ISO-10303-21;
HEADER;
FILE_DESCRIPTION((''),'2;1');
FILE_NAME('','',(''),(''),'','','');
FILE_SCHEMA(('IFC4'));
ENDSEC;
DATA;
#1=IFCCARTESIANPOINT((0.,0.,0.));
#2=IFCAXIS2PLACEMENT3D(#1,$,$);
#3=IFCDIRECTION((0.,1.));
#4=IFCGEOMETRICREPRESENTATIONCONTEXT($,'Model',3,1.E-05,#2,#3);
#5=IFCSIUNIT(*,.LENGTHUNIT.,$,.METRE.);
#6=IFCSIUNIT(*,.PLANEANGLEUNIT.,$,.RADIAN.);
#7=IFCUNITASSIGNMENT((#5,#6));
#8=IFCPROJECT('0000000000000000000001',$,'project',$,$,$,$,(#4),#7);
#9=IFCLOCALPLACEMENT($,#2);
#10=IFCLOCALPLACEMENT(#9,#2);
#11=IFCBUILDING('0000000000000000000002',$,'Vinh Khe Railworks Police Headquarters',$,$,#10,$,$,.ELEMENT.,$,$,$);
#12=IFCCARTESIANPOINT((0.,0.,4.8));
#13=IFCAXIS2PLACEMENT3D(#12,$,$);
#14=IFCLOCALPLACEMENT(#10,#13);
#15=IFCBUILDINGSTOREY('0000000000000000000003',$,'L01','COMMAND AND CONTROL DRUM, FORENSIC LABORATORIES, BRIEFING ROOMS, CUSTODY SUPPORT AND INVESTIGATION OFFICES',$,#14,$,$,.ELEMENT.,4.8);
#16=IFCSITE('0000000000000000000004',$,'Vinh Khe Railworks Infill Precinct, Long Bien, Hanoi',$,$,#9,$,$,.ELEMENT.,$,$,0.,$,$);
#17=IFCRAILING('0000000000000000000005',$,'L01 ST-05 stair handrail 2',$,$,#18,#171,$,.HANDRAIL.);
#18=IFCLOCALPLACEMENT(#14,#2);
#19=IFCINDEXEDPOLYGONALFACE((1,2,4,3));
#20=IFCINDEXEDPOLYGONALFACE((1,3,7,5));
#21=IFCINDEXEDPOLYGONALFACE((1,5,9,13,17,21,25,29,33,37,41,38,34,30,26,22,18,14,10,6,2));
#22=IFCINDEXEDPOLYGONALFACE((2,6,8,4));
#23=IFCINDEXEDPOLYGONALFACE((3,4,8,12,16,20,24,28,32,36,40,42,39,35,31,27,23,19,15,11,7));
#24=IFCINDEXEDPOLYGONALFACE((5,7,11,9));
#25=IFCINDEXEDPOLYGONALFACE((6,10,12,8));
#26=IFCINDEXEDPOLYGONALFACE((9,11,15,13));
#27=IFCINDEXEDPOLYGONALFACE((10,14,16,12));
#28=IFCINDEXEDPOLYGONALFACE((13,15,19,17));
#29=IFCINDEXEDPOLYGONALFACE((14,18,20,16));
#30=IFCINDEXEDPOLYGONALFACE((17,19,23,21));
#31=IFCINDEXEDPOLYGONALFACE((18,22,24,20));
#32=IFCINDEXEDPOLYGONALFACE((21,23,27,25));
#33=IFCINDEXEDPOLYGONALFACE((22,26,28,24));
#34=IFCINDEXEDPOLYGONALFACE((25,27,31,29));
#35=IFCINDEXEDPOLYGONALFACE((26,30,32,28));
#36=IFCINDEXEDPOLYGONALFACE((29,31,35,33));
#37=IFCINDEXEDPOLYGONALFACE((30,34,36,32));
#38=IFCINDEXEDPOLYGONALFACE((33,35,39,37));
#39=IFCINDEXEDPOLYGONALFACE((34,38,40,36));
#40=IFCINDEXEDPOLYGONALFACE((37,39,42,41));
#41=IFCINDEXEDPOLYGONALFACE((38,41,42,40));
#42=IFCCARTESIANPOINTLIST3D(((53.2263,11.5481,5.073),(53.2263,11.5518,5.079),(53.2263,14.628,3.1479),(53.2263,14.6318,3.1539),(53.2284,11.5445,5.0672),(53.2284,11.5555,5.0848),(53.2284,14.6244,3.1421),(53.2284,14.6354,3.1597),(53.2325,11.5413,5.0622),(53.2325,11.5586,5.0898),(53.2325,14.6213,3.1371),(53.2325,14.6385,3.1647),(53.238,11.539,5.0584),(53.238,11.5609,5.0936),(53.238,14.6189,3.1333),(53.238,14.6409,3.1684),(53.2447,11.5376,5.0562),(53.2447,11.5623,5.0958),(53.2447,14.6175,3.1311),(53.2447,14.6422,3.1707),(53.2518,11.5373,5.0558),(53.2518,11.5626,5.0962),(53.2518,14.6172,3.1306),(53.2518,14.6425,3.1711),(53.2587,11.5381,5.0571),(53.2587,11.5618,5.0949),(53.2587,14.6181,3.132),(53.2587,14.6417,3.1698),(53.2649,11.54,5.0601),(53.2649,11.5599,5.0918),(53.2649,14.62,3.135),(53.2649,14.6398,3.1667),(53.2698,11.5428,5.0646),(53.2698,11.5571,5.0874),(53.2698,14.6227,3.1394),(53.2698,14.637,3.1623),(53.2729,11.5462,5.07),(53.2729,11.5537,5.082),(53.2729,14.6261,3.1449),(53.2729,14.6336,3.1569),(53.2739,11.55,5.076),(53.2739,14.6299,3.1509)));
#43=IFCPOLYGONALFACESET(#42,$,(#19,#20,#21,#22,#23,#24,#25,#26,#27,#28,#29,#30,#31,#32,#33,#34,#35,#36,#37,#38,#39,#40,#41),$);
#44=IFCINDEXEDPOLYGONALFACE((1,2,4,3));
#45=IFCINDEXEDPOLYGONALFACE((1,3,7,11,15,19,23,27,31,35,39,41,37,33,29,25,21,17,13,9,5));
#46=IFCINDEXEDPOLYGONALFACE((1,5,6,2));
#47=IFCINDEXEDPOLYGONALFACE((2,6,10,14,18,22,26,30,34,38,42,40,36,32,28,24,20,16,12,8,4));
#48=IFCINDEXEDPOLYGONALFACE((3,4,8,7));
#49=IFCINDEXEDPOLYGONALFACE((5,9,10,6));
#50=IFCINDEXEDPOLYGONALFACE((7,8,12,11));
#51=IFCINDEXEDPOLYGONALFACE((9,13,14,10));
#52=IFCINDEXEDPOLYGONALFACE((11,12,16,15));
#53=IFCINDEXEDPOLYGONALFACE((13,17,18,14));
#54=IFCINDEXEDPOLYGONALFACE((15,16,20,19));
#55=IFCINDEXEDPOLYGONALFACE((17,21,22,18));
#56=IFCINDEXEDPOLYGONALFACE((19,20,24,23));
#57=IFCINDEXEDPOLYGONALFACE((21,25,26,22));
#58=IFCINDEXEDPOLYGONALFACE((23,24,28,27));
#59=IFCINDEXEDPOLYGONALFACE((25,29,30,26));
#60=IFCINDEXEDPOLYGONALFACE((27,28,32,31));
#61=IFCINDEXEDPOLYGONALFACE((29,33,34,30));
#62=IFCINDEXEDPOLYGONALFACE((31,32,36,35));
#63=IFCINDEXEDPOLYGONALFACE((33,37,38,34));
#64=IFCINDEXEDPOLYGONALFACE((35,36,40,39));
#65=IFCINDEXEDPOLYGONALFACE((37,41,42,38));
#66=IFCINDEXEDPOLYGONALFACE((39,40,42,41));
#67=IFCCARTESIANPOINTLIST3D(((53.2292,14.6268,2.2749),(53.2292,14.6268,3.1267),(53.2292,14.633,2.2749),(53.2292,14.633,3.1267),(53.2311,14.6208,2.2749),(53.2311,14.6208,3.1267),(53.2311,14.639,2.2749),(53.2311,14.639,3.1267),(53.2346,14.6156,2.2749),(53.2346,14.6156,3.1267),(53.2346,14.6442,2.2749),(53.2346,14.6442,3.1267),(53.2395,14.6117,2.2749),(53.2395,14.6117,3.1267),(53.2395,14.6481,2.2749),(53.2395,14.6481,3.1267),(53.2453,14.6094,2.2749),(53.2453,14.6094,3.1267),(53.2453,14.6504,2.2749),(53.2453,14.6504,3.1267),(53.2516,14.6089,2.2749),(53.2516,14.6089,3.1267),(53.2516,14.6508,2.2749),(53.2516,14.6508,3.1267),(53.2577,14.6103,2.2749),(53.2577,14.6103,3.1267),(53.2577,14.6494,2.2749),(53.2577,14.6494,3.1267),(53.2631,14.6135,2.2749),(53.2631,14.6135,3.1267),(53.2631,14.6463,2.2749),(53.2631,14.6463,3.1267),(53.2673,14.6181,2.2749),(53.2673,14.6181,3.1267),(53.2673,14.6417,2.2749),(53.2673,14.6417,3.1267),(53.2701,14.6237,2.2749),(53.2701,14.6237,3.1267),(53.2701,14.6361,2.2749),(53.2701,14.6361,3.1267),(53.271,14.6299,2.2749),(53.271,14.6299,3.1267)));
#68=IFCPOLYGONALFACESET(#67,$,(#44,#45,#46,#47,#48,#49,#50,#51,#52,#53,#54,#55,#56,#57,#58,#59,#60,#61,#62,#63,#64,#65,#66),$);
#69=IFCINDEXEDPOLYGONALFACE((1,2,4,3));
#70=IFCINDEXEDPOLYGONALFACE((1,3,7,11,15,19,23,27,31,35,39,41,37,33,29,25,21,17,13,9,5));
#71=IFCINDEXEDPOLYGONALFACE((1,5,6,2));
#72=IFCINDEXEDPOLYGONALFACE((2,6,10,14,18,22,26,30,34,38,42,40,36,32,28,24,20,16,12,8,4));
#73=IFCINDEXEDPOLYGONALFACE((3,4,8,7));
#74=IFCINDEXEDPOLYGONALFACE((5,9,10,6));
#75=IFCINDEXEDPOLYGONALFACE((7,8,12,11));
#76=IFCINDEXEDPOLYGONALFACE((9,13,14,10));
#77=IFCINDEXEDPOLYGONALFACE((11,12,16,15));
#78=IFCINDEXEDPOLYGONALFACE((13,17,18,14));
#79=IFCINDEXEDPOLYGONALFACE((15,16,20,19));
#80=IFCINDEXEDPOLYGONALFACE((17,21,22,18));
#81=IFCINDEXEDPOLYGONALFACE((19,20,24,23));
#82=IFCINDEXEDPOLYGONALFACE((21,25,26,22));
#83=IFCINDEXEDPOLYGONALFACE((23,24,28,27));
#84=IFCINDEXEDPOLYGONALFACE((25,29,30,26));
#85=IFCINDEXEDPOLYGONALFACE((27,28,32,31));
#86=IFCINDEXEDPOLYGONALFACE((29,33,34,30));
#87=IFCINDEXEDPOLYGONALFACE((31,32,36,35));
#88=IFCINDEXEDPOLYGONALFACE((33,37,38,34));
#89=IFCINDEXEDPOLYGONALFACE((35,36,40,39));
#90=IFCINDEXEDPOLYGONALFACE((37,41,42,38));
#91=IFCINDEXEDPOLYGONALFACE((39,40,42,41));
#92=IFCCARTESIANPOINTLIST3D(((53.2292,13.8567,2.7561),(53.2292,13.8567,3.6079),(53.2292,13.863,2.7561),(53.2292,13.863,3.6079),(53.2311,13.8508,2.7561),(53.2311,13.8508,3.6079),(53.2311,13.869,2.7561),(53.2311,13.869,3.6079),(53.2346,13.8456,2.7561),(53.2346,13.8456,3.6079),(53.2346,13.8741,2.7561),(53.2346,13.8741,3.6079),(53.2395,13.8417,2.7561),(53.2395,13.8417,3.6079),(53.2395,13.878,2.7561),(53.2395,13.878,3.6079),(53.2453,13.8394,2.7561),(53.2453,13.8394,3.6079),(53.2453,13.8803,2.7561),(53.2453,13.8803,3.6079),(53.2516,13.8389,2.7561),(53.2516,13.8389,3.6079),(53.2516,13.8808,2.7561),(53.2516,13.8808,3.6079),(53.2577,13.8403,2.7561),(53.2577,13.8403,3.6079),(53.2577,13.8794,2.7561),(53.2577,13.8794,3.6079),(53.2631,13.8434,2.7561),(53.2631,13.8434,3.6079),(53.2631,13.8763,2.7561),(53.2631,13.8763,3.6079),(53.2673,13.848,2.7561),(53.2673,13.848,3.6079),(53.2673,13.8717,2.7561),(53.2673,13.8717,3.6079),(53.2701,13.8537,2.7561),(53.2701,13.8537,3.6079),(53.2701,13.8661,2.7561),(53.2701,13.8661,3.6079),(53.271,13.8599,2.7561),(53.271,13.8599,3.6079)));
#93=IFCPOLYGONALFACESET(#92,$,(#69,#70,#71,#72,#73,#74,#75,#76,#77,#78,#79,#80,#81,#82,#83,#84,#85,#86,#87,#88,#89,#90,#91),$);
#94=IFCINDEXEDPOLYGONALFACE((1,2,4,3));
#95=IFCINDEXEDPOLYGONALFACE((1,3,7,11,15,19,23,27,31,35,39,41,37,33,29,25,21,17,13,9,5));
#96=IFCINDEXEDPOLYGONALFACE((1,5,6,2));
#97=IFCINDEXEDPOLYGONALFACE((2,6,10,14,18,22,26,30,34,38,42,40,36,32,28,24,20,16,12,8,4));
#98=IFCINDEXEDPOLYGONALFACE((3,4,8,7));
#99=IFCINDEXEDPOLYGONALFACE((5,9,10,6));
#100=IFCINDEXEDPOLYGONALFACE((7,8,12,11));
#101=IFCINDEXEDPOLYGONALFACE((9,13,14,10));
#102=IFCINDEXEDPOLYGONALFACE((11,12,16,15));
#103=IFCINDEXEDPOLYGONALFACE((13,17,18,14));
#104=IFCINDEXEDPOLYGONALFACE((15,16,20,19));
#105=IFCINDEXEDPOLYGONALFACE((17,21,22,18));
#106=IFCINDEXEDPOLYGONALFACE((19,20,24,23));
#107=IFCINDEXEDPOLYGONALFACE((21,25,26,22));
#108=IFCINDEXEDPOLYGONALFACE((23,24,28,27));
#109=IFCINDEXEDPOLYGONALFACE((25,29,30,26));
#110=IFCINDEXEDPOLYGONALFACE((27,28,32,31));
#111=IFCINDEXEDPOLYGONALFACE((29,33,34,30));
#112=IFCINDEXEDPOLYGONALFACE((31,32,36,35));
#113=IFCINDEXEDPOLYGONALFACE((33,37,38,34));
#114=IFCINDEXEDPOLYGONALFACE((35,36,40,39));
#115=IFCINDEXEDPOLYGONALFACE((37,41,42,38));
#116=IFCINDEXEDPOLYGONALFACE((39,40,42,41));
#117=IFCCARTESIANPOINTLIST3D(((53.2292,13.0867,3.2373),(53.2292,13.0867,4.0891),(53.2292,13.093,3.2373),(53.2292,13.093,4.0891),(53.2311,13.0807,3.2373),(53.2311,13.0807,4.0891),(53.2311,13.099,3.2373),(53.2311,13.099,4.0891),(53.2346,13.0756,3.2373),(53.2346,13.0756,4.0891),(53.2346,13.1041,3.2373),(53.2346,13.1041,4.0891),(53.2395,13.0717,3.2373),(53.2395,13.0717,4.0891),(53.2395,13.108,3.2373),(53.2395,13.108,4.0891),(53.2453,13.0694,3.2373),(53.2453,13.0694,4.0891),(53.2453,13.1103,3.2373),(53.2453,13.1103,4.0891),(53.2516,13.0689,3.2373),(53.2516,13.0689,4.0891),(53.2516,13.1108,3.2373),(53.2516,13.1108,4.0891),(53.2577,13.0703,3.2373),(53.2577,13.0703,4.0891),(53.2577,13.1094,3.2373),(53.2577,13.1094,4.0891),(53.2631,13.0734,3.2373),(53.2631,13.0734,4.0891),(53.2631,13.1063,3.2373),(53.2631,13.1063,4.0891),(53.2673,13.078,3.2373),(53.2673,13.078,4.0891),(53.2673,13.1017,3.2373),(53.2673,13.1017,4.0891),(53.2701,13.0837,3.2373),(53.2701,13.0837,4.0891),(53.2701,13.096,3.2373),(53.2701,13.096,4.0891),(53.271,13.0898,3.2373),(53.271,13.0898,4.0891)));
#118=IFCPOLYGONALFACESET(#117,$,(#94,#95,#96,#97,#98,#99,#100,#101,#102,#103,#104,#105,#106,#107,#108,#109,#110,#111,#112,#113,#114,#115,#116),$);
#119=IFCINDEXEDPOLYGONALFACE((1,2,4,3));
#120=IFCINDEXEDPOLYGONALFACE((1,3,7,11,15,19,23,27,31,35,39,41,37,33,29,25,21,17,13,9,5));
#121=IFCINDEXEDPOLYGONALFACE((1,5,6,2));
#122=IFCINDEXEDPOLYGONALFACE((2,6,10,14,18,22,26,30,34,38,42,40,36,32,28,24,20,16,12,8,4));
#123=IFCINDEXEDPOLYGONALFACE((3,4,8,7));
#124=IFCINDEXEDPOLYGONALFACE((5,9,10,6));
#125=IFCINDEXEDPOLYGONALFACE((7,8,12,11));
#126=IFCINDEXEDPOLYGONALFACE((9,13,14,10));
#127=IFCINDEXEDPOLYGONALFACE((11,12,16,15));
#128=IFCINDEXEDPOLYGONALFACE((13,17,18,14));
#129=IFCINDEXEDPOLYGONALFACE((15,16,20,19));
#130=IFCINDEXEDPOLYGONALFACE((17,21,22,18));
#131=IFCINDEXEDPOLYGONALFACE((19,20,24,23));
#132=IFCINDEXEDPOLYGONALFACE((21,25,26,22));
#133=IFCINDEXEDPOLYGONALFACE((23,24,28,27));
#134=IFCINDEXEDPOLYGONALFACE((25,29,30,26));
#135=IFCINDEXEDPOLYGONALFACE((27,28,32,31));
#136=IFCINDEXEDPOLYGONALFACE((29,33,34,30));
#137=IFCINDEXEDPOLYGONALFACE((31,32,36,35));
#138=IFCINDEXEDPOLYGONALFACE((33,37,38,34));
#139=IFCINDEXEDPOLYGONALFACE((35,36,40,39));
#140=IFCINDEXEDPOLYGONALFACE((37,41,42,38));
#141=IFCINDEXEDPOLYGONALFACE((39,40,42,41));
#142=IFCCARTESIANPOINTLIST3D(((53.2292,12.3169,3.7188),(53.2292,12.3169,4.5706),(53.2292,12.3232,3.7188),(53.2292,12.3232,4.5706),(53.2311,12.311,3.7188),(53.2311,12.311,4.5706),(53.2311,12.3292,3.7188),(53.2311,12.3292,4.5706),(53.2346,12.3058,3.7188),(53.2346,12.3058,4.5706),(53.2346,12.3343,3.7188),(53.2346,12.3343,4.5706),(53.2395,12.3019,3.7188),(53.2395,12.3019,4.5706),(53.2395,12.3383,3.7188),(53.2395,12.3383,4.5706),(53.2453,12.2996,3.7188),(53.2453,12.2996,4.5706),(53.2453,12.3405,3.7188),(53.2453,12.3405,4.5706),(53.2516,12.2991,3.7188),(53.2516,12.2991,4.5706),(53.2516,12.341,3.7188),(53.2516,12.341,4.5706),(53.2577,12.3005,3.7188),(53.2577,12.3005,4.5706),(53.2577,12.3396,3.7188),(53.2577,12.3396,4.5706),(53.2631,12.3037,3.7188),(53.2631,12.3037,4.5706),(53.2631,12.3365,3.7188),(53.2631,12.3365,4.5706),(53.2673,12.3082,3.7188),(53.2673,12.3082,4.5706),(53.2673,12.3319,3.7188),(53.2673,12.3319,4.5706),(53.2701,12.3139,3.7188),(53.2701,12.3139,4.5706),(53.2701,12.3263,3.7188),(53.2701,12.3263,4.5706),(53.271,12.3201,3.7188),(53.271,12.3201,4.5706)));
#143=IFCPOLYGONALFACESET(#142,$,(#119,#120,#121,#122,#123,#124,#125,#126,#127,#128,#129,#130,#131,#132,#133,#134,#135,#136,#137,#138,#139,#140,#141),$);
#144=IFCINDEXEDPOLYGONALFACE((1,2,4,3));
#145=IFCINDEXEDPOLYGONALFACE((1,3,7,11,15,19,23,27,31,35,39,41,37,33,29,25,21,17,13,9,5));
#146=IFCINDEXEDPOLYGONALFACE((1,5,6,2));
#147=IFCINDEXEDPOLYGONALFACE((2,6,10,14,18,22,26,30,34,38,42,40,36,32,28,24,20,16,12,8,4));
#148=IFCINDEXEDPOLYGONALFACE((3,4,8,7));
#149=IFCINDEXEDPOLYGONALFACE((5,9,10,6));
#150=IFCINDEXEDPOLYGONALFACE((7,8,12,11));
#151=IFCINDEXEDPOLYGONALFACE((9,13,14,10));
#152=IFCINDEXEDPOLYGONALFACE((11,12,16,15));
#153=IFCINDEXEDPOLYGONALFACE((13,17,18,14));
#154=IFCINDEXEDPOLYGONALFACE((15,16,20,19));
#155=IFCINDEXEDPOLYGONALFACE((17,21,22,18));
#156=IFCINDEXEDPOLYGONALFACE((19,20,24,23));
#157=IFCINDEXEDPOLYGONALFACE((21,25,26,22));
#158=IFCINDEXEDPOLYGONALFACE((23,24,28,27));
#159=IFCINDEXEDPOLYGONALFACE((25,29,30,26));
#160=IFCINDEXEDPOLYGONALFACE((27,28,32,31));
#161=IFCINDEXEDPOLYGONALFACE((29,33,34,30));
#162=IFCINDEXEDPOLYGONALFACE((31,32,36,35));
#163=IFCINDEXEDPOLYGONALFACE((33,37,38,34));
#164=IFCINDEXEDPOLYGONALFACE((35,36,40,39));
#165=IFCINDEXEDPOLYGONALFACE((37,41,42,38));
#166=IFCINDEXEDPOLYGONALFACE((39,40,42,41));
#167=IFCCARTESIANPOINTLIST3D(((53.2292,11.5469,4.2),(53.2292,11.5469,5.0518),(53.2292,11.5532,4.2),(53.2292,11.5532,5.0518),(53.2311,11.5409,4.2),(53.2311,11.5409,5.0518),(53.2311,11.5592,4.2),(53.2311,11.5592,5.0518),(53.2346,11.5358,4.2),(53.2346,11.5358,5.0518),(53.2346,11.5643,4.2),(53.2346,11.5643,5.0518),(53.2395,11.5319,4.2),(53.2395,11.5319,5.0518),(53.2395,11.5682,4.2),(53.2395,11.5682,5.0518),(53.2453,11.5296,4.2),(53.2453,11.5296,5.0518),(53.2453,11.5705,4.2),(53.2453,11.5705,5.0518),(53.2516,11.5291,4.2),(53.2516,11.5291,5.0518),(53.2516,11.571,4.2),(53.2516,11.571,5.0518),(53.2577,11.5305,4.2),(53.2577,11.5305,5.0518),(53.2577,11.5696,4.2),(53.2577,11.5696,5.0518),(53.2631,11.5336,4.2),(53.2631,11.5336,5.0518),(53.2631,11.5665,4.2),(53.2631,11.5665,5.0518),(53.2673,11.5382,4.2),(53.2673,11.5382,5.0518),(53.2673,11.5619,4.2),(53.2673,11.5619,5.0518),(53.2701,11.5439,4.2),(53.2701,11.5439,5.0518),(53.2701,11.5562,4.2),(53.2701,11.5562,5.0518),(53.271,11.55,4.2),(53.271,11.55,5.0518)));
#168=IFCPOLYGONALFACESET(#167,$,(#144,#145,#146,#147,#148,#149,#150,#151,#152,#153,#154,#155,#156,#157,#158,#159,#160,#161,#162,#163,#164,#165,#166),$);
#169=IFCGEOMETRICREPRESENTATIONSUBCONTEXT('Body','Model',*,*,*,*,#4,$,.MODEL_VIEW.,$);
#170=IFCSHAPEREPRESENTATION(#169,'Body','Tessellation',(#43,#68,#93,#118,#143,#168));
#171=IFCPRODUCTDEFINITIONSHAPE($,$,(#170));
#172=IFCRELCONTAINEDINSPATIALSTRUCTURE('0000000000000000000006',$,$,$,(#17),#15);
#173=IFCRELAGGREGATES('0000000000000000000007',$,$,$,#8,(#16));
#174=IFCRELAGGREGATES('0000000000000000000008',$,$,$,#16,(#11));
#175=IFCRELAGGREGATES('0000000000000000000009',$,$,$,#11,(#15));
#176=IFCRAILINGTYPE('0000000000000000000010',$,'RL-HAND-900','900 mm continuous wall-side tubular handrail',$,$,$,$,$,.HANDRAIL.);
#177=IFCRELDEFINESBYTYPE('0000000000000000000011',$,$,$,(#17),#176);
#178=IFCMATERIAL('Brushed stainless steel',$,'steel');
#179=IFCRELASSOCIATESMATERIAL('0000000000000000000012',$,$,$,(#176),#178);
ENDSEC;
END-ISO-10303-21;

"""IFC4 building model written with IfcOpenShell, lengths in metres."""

from ifc_helpers import new_model, si_unit, direction, frame, origin, origin_2d, place, context, subcontext, project, spatial, circle, extrude, material, type_object, element, save


model = new_model("IFC4")

# Units and contexts
model_context = context("Model", 3, precision=1e-05, world=origin(), true_north=direction((0.0, 1.0)))
body_context = subcontext(model_context, "Body", "Model", "MODEL_VIEW")
ifc_project = project(units=[si_unit("LENGTHUNIT", "METRE"), si_unit("PLANEANGLEUNIT", "RADIAN")], contexts=[model_context])

# Site, building, storey
site_placement = place(None, origin())
site = spatial("IfcSite", under=ifc_project, at=site_placement, Name="Vinh Khe Railworks Infill Precinct, Long Bien, Hanoi", CompositionType="ELEMENT", RefElevation=0.0)
building_placement = place(site_placement, origin())
building = spatial("IfcBuilding", under=site, at=building_placement, Name="Vinh Khe Railworks Police Headquarters", CompositionType="ELEMENT")
storey_placement = place(building_placement, frame((0.0, 0.0, 4.8)))
storey = spatial("IfcBuildingStorey", under=building, at=storey_placement, Name="L01", Description="COMMAND AND CONTROL DRUM, FORENSIC LABORATORIES, BRIEFING ROOMS, CUSTODY SUPPORT AND INVESTIGATION OFFICES", CompositionType="ELEMENT", Elevation=4.8)

# Railing
ifc_material_1 = material(Name="Brushed stainless steel", Category="steel")
railing_type_1 = type_object("IfcRailingType", Name="RL-HAND-900", Description="900 mm continuous wall-side tubular handrail", PredefinedType="HANDRAIL", material=ifc_material_1)
railing_1_placement = place(storey_placement, frame((53.25, 14.6299, 2.2749)))
element("IfcRailing", 1, at=railing_1_placement, inside=storey, type_object=railing_type_1, Name="L01 ST-05 stair handrail 2", PredefinedType="HANDRAIL", context=body_context, shape_type="SweptSolid", body=[
    extrude(circle(Radius=0.0239, at=origin_2d()), frame((0.0, 0.0, 0.876), z_axis=(0.0, -0.847979, 0.530029), x_axis=(1.0, 0.0, 0.0)), (0.0, 0.0, 1.0), 3.6321),
    extrude(circle(Radius=0.021, at=origin_2d()), origin(), (0.0, 0.0, 1.0), 0.8518),
    extrude(circle(Radius=0.021, at=origin_2d()), frame((0.0, -0.77, 0.4812)), (0.0, 0.0, 1.0), 0.8518),
    extrude(circle(Radius=0.021, at=origin_2d()), frame((0.0, -1.54, 0.9624)), (0.0, 0.0, 1.0), 0.8518),
    extrude(circle(Radius=0.021, at=origin_2d()), frame((0.0, -2.3098, 1.4438)), (0.0, 0.0, 1.0), 0.8518),
    extrude(circle(Radius=0.021, at=origin_2d()), frame((0.0, -3.0798, 1.925)), (0.0, 0.0, 1.0), 0.8518),
])

save(model, "model.ifc")
